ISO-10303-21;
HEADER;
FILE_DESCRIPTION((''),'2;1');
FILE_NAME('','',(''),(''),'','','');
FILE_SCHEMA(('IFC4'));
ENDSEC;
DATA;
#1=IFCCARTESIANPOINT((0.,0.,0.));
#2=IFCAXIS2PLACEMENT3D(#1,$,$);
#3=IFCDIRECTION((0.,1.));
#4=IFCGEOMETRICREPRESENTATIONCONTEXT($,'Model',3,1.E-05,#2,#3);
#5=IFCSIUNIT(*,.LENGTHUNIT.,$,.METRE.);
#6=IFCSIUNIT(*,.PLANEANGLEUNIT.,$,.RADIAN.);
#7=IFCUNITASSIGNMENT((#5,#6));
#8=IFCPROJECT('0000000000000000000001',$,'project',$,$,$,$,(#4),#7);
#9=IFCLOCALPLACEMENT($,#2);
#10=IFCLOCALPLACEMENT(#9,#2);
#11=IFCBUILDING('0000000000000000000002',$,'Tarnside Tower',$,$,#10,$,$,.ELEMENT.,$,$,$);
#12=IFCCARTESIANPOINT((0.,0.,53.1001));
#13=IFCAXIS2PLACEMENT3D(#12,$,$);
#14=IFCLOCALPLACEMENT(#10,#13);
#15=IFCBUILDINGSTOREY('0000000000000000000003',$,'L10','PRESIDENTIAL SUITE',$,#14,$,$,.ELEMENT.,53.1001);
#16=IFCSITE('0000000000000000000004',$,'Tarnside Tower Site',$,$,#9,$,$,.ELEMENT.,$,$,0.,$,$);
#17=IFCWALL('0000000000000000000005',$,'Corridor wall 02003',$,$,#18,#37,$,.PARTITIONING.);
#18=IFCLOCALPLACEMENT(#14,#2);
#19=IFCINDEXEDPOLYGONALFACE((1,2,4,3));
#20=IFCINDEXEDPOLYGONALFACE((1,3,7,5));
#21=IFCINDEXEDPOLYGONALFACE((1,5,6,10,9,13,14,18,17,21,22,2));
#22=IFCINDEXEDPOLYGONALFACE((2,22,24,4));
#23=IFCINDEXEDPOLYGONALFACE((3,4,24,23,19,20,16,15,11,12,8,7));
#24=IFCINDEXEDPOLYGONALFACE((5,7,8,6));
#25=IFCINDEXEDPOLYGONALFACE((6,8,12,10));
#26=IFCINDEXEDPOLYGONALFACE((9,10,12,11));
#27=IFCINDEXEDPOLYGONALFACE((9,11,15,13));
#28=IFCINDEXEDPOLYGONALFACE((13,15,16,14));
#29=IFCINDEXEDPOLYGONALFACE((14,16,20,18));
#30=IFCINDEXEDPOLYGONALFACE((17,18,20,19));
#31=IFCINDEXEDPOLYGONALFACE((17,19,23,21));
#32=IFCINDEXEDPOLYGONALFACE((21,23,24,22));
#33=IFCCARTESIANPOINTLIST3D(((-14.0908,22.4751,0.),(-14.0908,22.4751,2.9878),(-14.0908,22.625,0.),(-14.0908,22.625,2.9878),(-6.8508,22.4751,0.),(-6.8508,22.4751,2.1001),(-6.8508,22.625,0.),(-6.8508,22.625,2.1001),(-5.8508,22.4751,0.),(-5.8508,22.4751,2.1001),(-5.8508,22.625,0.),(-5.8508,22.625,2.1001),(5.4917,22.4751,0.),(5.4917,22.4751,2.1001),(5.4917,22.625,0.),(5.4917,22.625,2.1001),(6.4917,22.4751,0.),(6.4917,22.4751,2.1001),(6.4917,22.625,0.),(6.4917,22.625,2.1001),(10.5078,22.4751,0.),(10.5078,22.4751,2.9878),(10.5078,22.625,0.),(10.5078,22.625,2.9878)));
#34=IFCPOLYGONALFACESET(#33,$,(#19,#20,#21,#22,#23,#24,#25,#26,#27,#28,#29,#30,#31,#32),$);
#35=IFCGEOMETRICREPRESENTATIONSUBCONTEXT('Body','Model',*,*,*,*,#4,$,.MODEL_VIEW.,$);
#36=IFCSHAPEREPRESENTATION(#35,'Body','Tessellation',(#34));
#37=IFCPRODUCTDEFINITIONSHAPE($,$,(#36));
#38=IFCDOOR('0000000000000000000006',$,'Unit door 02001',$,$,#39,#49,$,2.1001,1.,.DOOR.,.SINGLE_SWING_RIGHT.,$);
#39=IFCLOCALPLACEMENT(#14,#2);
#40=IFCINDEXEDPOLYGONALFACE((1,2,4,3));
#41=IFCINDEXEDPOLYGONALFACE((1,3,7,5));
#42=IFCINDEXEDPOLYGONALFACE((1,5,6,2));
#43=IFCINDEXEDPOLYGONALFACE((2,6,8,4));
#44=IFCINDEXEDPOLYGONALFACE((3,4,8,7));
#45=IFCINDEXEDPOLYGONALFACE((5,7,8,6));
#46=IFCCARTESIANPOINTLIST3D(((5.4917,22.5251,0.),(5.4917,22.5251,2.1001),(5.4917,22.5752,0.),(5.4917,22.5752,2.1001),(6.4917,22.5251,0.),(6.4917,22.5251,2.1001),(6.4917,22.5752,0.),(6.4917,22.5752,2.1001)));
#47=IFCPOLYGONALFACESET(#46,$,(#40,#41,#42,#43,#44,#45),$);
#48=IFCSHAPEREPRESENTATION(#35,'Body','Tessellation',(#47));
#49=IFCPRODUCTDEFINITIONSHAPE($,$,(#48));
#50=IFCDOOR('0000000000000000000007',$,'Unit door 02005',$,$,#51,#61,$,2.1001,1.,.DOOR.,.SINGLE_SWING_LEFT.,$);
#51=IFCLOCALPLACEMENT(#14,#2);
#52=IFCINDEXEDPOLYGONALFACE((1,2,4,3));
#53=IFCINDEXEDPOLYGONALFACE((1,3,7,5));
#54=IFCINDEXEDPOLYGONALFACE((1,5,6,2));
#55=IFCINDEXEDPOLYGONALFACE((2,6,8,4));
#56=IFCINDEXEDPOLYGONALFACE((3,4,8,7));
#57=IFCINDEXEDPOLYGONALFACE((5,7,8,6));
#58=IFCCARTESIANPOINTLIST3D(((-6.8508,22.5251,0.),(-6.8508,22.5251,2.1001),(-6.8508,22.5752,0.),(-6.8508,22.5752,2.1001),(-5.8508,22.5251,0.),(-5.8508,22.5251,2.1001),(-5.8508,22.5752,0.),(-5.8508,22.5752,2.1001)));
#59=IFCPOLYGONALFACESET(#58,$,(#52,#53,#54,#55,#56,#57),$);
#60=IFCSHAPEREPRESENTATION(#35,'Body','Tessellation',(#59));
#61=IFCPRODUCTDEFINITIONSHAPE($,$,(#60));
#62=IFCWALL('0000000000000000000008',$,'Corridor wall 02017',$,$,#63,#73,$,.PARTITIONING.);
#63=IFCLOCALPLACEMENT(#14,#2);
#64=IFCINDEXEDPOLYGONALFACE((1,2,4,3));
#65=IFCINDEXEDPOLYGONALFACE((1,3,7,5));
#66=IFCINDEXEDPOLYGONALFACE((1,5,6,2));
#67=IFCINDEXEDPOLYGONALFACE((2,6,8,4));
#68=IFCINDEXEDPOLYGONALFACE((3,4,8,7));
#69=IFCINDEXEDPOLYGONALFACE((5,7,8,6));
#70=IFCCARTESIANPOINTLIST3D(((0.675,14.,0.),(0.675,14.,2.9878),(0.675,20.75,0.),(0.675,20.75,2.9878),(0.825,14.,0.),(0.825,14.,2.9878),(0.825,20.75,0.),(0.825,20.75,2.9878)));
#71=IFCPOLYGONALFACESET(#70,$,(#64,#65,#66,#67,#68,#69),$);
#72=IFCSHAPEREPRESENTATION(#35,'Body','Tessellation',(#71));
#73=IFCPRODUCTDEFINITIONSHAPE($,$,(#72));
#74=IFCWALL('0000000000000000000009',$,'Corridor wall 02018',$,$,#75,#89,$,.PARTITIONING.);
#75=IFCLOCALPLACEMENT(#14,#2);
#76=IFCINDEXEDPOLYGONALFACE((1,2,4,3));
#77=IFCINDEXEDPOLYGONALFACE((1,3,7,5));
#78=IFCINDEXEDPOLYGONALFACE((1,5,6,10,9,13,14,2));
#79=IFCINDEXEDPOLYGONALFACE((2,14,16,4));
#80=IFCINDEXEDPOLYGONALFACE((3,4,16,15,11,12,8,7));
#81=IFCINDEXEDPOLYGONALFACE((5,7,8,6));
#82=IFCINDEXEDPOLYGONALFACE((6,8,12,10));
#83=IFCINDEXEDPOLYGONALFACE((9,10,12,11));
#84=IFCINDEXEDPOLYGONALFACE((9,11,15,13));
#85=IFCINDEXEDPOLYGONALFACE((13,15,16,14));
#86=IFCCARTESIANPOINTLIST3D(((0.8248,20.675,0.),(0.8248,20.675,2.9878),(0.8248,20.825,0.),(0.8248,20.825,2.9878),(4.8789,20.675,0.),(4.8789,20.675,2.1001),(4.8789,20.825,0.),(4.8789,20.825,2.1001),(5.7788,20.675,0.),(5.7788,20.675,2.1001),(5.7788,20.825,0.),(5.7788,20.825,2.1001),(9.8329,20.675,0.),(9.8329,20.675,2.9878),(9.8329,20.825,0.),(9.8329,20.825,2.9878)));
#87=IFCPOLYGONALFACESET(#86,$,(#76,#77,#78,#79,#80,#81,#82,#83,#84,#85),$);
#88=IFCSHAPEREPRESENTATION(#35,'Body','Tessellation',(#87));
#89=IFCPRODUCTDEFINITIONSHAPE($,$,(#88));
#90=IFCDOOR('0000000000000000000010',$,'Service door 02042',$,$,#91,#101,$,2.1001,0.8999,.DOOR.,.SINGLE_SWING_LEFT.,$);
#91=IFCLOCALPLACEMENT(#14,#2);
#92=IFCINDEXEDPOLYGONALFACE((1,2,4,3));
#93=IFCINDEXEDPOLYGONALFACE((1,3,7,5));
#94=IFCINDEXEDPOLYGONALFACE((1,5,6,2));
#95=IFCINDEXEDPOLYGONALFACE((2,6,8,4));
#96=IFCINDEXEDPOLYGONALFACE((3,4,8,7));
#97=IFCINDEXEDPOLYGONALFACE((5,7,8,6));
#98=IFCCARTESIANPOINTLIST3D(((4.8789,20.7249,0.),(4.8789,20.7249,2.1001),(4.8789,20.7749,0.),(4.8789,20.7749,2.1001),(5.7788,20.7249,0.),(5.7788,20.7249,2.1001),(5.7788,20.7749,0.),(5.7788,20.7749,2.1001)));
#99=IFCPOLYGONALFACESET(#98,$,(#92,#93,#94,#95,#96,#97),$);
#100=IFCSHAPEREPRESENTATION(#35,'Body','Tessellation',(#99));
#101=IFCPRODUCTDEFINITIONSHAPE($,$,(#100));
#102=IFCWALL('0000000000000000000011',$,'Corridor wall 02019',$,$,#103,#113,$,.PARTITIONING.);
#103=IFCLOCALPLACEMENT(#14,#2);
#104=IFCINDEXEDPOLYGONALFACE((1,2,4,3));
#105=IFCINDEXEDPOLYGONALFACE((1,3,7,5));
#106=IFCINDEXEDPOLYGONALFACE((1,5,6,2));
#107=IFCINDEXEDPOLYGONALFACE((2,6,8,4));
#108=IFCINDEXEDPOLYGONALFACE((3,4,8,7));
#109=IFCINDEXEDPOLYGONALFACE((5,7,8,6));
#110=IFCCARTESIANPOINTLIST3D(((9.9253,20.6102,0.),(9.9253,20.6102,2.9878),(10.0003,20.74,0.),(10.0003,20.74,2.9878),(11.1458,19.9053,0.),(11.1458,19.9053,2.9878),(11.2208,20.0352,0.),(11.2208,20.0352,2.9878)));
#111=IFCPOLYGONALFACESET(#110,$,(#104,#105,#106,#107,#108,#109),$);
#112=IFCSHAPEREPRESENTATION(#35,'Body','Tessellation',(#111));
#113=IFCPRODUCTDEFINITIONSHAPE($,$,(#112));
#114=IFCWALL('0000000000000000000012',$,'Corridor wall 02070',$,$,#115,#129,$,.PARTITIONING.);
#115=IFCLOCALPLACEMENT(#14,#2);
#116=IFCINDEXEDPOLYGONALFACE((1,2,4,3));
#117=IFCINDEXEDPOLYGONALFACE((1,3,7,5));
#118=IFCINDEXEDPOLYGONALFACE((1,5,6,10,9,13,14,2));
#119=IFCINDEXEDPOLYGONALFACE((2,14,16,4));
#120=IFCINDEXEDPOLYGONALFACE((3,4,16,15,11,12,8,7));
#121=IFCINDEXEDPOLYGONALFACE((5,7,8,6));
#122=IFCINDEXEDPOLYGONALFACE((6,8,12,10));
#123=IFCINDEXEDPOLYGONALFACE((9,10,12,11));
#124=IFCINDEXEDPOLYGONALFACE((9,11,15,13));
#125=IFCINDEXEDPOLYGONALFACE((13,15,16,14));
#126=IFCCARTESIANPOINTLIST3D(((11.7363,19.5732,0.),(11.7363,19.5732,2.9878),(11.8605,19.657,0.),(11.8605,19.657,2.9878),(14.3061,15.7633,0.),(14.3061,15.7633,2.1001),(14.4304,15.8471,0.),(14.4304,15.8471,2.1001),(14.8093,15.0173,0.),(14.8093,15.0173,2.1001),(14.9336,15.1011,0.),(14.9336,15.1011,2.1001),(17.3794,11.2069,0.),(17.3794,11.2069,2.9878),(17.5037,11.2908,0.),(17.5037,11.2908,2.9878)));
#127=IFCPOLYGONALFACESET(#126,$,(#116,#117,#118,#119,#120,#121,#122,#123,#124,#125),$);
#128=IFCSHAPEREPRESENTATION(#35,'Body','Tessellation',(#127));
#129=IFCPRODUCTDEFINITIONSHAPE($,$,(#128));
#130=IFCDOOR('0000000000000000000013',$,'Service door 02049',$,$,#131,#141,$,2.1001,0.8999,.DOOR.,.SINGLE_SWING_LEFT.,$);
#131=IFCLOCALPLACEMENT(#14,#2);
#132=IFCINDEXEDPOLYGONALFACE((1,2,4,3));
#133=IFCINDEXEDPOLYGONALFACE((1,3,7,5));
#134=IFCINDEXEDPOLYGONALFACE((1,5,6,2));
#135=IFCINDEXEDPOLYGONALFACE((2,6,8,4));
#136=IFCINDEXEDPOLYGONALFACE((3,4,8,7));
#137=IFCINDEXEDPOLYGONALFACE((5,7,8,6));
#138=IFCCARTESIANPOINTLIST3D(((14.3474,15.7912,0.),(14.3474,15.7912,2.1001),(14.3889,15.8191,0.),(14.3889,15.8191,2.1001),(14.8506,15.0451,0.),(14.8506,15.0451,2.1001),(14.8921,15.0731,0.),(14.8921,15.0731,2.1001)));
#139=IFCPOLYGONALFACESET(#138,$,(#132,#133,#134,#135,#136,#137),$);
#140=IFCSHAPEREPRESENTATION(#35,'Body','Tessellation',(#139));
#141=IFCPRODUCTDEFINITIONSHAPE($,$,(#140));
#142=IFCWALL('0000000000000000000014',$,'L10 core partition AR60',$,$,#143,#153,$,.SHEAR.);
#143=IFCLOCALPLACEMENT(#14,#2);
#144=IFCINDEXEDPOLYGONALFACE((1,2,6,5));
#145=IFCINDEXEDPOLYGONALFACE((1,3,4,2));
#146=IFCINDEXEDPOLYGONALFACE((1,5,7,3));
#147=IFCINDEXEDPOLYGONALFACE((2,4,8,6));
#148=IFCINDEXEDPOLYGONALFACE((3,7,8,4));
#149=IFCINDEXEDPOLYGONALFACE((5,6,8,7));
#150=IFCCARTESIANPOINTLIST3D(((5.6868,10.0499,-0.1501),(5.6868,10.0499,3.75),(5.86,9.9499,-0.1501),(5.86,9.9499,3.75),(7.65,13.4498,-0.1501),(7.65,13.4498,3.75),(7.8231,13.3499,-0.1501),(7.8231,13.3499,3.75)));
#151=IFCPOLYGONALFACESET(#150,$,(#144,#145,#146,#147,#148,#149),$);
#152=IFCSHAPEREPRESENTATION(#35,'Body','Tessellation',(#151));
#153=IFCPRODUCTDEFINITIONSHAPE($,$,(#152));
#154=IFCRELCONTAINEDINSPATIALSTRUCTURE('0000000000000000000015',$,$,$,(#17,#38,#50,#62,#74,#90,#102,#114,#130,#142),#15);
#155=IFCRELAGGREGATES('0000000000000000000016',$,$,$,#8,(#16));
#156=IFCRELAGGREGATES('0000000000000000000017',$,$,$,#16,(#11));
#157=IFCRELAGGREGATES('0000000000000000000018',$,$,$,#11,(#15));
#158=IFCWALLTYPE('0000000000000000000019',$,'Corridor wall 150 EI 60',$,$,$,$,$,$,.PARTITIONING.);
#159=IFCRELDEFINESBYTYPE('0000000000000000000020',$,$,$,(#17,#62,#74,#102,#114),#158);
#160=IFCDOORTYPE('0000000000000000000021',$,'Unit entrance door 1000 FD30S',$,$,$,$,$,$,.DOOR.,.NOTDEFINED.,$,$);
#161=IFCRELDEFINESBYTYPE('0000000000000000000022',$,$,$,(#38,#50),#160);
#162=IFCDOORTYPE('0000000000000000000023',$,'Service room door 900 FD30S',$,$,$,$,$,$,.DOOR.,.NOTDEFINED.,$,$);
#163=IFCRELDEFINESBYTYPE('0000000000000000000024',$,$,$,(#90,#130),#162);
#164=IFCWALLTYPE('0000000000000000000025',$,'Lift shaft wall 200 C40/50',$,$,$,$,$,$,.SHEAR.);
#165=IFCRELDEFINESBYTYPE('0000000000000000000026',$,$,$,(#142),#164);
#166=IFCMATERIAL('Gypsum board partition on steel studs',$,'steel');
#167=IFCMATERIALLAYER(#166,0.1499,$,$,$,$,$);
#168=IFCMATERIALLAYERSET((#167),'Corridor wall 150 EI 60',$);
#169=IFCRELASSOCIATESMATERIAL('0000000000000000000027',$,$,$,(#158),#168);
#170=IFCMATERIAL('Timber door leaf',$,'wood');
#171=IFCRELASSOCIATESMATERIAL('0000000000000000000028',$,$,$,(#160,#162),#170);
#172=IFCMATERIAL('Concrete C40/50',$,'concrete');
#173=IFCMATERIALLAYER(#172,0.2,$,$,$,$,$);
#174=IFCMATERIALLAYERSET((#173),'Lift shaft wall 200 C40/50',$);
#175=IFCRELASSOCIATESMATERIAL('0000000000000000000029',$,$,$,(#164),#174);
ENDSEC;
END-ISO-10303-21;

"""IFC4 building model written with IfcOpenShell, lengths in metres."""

from ifc_helpers import new_model, si_unit, direction, frame, frame_2d, origin, place, context, subcontext, project, spatial, rectangle, extrude, material, layer, layer_set, type_object, element, fill, save


model = new_model("IFC4")

# Units and contexts
model_context = context("Model", 3, precision=1e-05, world=origin(), true_north=direction((0.0, 1.0)))
body_context = subcontext(model_context, "Body", "Model", "MODEL_VIEW")
ifc_project = project(units=[si_unit("LENGTHUNIT", "METRE"), si_unit("PLANEANGLEUNIT", "RADIAN")], contexts=[model_context])

# Site, building, storey
site_placement = place(None, origin())
site = spatial("IfcSite", under=ifc_project, at=site_placement, Name="Tarnside Tower Site", CompositionType="ELEMENT", RefElevation=0.0)
building_placement = place(site_placement, origin())
building = spatial("IfcBuilding", under=site, at=building_placement, Name="Tarnside Tower", CompositionType="ELEMENT")
storey_placement = place(building_placement, frame((0.0, 0.0, 53.1001)))
storey = spatial("IfcBuildingStorey", under=building, at=storey_placement, Name="L10", Description="PRESIDENTIAL SUITE", CompositionType="ELEMENT", Elevation=53.1001)

# Shared definitions
ifc_material_1 = material(Name="Gypsum board partition on steel studs", Category="steel")
ifc_material_2 = material(Name="Timber door leaf", Category="wood")

# Shared definitions
ifc_layer_1 = layer(ifc_material_1, 0.1499)
ifc_layer_set_1 = layer_set([ifc_layer_1], Name="Corridor wall 150 EI 60")
wall_type_1 = type_object("IfcWallType", Name="Corridor wall 150 EI 60", PredefinedType="PARTITIONING", material=ifc_layer_set_1)

# Wall, openings, doors
wall_1_placement = place(storey_placement, frame((10.5078, 22.55, 0.0), z_axis=(0.0, 0.0, 1.0), x_axis=(-1.0, 0.0, 0.0)))
wall_1 = element("IfcWall", 1, at=wall_1_placement, inside=storey, type_object=wall_type_1, Name="Corridor wall 02003", PredefinedType="PARTITIONING", context=body_context, shape_type="SweptSolid", body=[
    extrude(rectangle(XDim=24.5986, YDim=0.1499, at=frame_2d((12.2993, 0.0))), origin(), (0.0, 0.0, 1.0), 2.9878),
])
opening_1_placement = place(wall_1_placement, frame((4.0161, 0.0, 0.0)))
opening_1 = element("IfcOpeningElement", 2, at=opening_1_placement, cuts=wall_1, PredefinedType="OPENING", context=body_context, shape_type="SweptSolid", body=[
    extrude(rectangle(XDim=1.0, YDim=2.1001, at=frame_2d((0.5, 1.05))), frame((0.0, 0.085, 0.0), z_axis=(0.0, -1.0, 0.0), x_axis=(1.0, 0.0, 0.0)), (0.0, 0.0, 1.0), 0.1699),
])
opening_2_placement = place(wall_1_placement, frame((16.3586, 0.0, 0.0)))
opening_2 = element("IfcOpeningElement", 3, at=opening_2_placement, cuts=wall_1, PredefinedType="OPENING", context=body_context, shape_type="SweptSolid", body=[
    extrude(rectangle(XDim=1.0, YDim=2.1001, at=frame_2d((0.5, 1.05))), frame((0.0, 0.085, 0.0), z_axis=(0.0, -1.0, 0.0), x_axis=(1.0, 0.0, 0.0)), (0.0, 0.0, 1.0), 0.1699),
])
door_type_1 = type_object("IfcDoorType", Name="Unit entrance door 1000 FD30S", OperationType="NOTDEFINED", PredefinedType="DOOR", material=ifc_material_2)
door_1_placement = place(opening_1_placement, origin())
door_1 = element("IfcDoor", 4, at=door_1_placement, inside=storey, type_object=door_type_1, Name="Unit door 02001", OperationType="SINGLE_SWING_RIGHT", OverallHeight=2.1001, OverallWidth=1.0, PredefinedType="DOOR", context=body_context, shape_type="SweptSolid", body=[
    extrude(rectangle(XDim=1.0, YDim=2.1001, at=frame_2d((0.5, 1.05))), frame((0.0, 0.0249, 0.0), z_axis=(0.0, -1.0, 0.0), x_axis=(1.0, 0.0, 0.0)), (0.0, 0.0, 1.0), 0.05),
])
fill(opening_1, door_1)
door_2_placement = place(opening_2_placement, origin())
door_2 = element("IfcDoor", 5, at=door_2_placement, inside=storey, type_object=door_type_1, Name="Unit door 02005", OperationType="SINGLE_SWING_LEFT", OverallHeight=2.1001, OverallWidth=1.0, PredefinedType="DOOR", context=body_context, shape_type="SweptSolid", body=[
    extrude(rectangle(XDim=1.0, YDim=2.1001, at=frame_2d((0.5, 1.05))), frame((0.0, 0.0249, 0.0), z_axis=(0.0, -1.0, 0.0), x_axis=(1.0, 0.0, 0.0)), (0.0, 0.0, 1.0), 0.05),
])
fill(opening_2, door_2)

# Wall
wall_2_placement = place(storey_placement, frame((0.75, 14.0, 0.0), z_axis=(0.0, 0.0, 1.0), x_axis=(0.0, 1.0, 0.0)))
element("IfcWall", 6, at=wall_2_placement, inside=storey, type_object=wall_type_1, Name="Corridor wall 02017", PredefinedType="PARTITIONING", context=body_context, shape_type="SweptSolid", body=[
    extrude(rectangle(XDim=6.75, YDim=0.1499, at=frame_2d((3.375, 0.0))), origin(), (0.0, 0.0, 1.0), 2.9878),
])

# Wall, opening, door
wall_3_placement = place(storey_placement, frame((0.825, 20.75, 0.0), z_axis=(0.0, 0.0, 1.0), x_axis=(1.0, 0.0, 0.0)))
wall_3 = element("IfcWall", 7, at=wall_3_placement, inside=storey, type_object=wall_type_1, Name="Corridor wall 02018", PredefinedType="PARTITIONING", context=body_context, shape_type="SweptSolid", body=[
    extrude(rectangle(XDim=9.0081, YDim=0.1499, at=frame_2d((4.5039, 0.0))), origin(), (0.0, 0.0, 1.0), 2.9878),
])
opening_3_placement = place(wall_3_placement, frame((4.054, 0.0, 0.0)))
opening_3 = element("IfcOpeningElement", 8, at=opening_3_placement, cuts=wall_3, PredefinedType="OPENING", context=body_context, shape_type="SweptSolid", body=[
    extrude(rectangle(XDim=0.8999, YDim=2.1001, at=frame_2d((0.45, 1.05))), frame((0.0, 0.085, 0.0), z_axis=(0.0, -1.0, 0.0), x_axis=(1.0, 0.0, 0.0)), (0.0, 0.0, 1.0), 0.1699),
])
door_type_2 = type_object("IfcDoorType", Name="Service room door 900 FD30S", OperationType="NOTDEFINED", PredefinedType="DOOR", material=ifc_material_2)
door_3_placement = place(opening_3_placement, origin())
door_3 = element("IfcDoor", 9, at=door_3_placement, inside=storey, type_object=door_type_2, Name="Service door 02042", OperationType="SINGLE_SWING_LEFT", OverallHeight=2.1001, OverallWidth=0.8999, PredefinedType="DOOR", context=body_context, shape_type="SweptSolid", body=[
    extrude(rectangle(XDim=0.8999, YDim=2.1001, at=frame_2d((0.45, 1.05))), frame((0.0, 0.0249, 0.0), z_axis=(0.0, -1.0, 0.0), x_axis=(1.0, 0.0, 0.0)), (0.0, 0.0, 1.0), 0.05),
])
fill(opening_3, door_3)

# Wall
wall_4_placement = place(storey_placement, frame((9.9629, 20.675, 0.0), z_axis=(0.0, 0.0, 1.0), x_axis=(0.865963, -0.500107, 0.0)))
element("IfcWall", 10, at=wall_4_placement, inside=storey, type_object=wall_type_1, Name="Corridor wall 02019", PredefinedType="PARTITIONING", context=body_context, shape_type="SweptSolid", body=[
    extrude(rectangle(XDim=1.4094, YDim=0.1499, at=frame_2d((0.7046, 0.0))), origin(), (0.0, 0.0, 1.0), 2.9878),
])

# Wall, opening, door
wall_5_placement = place(storey_placement, frame((11.7983, 19.6152, 0.0), z_axis=(0.0, 0.0, 1.0), x_axis=(0.559192, -0.829038, 0.0)))
wall_5 = element("IfcWall", 11, at=wall_5_placement, inside=storey, type_object=wall_type_1, Name="Corridor wall 02070", PredefinedType="PARTITIONING", context=body_context, shape_type="SweptSolid", body=[
    extrude(rectangle(XDim=10.0916, YDim=0.1499, at=frame_2d((5.0459, 0.0))), origin(), (0.0, 0.0, 1.0), 2.9878),
])
opening_4_placement = place(wall_5_placement, frame((4.5957, 0.0, 0.0)))
opening_4 = element("IfcOpeningElement", 12, at=opening_4_placement, cuts=wall_5, PredefinedType="OPENING", context=body_context, shape_type="SweptSolid", body=[
    extrude(rectangle(XDim=0.8999, YDim=2.1001, at=frame_2d((0.45, 1.05))), frame((0.0, 0.085, 0.0), z_axis=(0.0, -1.0, 0.0), x_axis=(1.0, 0.0, 0.0)), (0.0, 0.0, 1.0), 0.1699),
])
door_4_placement = place(opening_4_placement, origin())
door_4 = element("IfcDoor", 13, at=door_4_placement, inside=storey, type_object=door_type_2, Name="Service door 02049", OperationType="SINGLE_SWING_LEFT", OverallHeight=2.1001, OverallWidth=0.8999, PredefinedType="DOOR", context=body_context, shape_type="SweptSolid", body=[
    extrude(rectangle(XDim=0.8999, YDim=2.1001, at=frame_2d((0.45, 1.05))), frame((0.0, 0.0249, 0.0), z_axis=(0.0, -1.0, 0.0), x_axis=(1.0, 0.0, 0.0)), (0.0, 0.0, 1.0), 0.05),
])
fill(opening_4, door_4)

# Wall
ifc_material_3 = material(Name="Concrete C40/50", Category="concrete")
ifc_layer_2 = layer(ifc_material_3, 0.2)
ifc_layer_set_2 = layer_set([ifc_layer_2], Name="Lift shaft wall 200 C40/50")
wall_type_2 = type_object("IfcWallType", Name="Lift shaft wall 200 C40/50", PredefinedType="SHEAR", material=ifc_layer_set_2)
wall_6_placement = place(storey_placement, frame((5.7734, 10.0, -0.1501), z_axis=(0.0, 0.0, 1.0), x_axis=(0.500038, 0.866003, 0.0)))
element("IfcWall", 14, at=wall_6_placement, inside=storey, type_object=wall_type_2, Name="L10 core partition AR60", PredefinedType="SHEAR", context=body_context, shape_type="SweptSolid", body=[
    extrude(rectangle(XDim=3.926, YDim=0.2, at=frame_2d((1.9629, 0.0))), origin(), (0.0, 0.0, 1.0), 3.9001),
])

save(model, "model.ifc")
